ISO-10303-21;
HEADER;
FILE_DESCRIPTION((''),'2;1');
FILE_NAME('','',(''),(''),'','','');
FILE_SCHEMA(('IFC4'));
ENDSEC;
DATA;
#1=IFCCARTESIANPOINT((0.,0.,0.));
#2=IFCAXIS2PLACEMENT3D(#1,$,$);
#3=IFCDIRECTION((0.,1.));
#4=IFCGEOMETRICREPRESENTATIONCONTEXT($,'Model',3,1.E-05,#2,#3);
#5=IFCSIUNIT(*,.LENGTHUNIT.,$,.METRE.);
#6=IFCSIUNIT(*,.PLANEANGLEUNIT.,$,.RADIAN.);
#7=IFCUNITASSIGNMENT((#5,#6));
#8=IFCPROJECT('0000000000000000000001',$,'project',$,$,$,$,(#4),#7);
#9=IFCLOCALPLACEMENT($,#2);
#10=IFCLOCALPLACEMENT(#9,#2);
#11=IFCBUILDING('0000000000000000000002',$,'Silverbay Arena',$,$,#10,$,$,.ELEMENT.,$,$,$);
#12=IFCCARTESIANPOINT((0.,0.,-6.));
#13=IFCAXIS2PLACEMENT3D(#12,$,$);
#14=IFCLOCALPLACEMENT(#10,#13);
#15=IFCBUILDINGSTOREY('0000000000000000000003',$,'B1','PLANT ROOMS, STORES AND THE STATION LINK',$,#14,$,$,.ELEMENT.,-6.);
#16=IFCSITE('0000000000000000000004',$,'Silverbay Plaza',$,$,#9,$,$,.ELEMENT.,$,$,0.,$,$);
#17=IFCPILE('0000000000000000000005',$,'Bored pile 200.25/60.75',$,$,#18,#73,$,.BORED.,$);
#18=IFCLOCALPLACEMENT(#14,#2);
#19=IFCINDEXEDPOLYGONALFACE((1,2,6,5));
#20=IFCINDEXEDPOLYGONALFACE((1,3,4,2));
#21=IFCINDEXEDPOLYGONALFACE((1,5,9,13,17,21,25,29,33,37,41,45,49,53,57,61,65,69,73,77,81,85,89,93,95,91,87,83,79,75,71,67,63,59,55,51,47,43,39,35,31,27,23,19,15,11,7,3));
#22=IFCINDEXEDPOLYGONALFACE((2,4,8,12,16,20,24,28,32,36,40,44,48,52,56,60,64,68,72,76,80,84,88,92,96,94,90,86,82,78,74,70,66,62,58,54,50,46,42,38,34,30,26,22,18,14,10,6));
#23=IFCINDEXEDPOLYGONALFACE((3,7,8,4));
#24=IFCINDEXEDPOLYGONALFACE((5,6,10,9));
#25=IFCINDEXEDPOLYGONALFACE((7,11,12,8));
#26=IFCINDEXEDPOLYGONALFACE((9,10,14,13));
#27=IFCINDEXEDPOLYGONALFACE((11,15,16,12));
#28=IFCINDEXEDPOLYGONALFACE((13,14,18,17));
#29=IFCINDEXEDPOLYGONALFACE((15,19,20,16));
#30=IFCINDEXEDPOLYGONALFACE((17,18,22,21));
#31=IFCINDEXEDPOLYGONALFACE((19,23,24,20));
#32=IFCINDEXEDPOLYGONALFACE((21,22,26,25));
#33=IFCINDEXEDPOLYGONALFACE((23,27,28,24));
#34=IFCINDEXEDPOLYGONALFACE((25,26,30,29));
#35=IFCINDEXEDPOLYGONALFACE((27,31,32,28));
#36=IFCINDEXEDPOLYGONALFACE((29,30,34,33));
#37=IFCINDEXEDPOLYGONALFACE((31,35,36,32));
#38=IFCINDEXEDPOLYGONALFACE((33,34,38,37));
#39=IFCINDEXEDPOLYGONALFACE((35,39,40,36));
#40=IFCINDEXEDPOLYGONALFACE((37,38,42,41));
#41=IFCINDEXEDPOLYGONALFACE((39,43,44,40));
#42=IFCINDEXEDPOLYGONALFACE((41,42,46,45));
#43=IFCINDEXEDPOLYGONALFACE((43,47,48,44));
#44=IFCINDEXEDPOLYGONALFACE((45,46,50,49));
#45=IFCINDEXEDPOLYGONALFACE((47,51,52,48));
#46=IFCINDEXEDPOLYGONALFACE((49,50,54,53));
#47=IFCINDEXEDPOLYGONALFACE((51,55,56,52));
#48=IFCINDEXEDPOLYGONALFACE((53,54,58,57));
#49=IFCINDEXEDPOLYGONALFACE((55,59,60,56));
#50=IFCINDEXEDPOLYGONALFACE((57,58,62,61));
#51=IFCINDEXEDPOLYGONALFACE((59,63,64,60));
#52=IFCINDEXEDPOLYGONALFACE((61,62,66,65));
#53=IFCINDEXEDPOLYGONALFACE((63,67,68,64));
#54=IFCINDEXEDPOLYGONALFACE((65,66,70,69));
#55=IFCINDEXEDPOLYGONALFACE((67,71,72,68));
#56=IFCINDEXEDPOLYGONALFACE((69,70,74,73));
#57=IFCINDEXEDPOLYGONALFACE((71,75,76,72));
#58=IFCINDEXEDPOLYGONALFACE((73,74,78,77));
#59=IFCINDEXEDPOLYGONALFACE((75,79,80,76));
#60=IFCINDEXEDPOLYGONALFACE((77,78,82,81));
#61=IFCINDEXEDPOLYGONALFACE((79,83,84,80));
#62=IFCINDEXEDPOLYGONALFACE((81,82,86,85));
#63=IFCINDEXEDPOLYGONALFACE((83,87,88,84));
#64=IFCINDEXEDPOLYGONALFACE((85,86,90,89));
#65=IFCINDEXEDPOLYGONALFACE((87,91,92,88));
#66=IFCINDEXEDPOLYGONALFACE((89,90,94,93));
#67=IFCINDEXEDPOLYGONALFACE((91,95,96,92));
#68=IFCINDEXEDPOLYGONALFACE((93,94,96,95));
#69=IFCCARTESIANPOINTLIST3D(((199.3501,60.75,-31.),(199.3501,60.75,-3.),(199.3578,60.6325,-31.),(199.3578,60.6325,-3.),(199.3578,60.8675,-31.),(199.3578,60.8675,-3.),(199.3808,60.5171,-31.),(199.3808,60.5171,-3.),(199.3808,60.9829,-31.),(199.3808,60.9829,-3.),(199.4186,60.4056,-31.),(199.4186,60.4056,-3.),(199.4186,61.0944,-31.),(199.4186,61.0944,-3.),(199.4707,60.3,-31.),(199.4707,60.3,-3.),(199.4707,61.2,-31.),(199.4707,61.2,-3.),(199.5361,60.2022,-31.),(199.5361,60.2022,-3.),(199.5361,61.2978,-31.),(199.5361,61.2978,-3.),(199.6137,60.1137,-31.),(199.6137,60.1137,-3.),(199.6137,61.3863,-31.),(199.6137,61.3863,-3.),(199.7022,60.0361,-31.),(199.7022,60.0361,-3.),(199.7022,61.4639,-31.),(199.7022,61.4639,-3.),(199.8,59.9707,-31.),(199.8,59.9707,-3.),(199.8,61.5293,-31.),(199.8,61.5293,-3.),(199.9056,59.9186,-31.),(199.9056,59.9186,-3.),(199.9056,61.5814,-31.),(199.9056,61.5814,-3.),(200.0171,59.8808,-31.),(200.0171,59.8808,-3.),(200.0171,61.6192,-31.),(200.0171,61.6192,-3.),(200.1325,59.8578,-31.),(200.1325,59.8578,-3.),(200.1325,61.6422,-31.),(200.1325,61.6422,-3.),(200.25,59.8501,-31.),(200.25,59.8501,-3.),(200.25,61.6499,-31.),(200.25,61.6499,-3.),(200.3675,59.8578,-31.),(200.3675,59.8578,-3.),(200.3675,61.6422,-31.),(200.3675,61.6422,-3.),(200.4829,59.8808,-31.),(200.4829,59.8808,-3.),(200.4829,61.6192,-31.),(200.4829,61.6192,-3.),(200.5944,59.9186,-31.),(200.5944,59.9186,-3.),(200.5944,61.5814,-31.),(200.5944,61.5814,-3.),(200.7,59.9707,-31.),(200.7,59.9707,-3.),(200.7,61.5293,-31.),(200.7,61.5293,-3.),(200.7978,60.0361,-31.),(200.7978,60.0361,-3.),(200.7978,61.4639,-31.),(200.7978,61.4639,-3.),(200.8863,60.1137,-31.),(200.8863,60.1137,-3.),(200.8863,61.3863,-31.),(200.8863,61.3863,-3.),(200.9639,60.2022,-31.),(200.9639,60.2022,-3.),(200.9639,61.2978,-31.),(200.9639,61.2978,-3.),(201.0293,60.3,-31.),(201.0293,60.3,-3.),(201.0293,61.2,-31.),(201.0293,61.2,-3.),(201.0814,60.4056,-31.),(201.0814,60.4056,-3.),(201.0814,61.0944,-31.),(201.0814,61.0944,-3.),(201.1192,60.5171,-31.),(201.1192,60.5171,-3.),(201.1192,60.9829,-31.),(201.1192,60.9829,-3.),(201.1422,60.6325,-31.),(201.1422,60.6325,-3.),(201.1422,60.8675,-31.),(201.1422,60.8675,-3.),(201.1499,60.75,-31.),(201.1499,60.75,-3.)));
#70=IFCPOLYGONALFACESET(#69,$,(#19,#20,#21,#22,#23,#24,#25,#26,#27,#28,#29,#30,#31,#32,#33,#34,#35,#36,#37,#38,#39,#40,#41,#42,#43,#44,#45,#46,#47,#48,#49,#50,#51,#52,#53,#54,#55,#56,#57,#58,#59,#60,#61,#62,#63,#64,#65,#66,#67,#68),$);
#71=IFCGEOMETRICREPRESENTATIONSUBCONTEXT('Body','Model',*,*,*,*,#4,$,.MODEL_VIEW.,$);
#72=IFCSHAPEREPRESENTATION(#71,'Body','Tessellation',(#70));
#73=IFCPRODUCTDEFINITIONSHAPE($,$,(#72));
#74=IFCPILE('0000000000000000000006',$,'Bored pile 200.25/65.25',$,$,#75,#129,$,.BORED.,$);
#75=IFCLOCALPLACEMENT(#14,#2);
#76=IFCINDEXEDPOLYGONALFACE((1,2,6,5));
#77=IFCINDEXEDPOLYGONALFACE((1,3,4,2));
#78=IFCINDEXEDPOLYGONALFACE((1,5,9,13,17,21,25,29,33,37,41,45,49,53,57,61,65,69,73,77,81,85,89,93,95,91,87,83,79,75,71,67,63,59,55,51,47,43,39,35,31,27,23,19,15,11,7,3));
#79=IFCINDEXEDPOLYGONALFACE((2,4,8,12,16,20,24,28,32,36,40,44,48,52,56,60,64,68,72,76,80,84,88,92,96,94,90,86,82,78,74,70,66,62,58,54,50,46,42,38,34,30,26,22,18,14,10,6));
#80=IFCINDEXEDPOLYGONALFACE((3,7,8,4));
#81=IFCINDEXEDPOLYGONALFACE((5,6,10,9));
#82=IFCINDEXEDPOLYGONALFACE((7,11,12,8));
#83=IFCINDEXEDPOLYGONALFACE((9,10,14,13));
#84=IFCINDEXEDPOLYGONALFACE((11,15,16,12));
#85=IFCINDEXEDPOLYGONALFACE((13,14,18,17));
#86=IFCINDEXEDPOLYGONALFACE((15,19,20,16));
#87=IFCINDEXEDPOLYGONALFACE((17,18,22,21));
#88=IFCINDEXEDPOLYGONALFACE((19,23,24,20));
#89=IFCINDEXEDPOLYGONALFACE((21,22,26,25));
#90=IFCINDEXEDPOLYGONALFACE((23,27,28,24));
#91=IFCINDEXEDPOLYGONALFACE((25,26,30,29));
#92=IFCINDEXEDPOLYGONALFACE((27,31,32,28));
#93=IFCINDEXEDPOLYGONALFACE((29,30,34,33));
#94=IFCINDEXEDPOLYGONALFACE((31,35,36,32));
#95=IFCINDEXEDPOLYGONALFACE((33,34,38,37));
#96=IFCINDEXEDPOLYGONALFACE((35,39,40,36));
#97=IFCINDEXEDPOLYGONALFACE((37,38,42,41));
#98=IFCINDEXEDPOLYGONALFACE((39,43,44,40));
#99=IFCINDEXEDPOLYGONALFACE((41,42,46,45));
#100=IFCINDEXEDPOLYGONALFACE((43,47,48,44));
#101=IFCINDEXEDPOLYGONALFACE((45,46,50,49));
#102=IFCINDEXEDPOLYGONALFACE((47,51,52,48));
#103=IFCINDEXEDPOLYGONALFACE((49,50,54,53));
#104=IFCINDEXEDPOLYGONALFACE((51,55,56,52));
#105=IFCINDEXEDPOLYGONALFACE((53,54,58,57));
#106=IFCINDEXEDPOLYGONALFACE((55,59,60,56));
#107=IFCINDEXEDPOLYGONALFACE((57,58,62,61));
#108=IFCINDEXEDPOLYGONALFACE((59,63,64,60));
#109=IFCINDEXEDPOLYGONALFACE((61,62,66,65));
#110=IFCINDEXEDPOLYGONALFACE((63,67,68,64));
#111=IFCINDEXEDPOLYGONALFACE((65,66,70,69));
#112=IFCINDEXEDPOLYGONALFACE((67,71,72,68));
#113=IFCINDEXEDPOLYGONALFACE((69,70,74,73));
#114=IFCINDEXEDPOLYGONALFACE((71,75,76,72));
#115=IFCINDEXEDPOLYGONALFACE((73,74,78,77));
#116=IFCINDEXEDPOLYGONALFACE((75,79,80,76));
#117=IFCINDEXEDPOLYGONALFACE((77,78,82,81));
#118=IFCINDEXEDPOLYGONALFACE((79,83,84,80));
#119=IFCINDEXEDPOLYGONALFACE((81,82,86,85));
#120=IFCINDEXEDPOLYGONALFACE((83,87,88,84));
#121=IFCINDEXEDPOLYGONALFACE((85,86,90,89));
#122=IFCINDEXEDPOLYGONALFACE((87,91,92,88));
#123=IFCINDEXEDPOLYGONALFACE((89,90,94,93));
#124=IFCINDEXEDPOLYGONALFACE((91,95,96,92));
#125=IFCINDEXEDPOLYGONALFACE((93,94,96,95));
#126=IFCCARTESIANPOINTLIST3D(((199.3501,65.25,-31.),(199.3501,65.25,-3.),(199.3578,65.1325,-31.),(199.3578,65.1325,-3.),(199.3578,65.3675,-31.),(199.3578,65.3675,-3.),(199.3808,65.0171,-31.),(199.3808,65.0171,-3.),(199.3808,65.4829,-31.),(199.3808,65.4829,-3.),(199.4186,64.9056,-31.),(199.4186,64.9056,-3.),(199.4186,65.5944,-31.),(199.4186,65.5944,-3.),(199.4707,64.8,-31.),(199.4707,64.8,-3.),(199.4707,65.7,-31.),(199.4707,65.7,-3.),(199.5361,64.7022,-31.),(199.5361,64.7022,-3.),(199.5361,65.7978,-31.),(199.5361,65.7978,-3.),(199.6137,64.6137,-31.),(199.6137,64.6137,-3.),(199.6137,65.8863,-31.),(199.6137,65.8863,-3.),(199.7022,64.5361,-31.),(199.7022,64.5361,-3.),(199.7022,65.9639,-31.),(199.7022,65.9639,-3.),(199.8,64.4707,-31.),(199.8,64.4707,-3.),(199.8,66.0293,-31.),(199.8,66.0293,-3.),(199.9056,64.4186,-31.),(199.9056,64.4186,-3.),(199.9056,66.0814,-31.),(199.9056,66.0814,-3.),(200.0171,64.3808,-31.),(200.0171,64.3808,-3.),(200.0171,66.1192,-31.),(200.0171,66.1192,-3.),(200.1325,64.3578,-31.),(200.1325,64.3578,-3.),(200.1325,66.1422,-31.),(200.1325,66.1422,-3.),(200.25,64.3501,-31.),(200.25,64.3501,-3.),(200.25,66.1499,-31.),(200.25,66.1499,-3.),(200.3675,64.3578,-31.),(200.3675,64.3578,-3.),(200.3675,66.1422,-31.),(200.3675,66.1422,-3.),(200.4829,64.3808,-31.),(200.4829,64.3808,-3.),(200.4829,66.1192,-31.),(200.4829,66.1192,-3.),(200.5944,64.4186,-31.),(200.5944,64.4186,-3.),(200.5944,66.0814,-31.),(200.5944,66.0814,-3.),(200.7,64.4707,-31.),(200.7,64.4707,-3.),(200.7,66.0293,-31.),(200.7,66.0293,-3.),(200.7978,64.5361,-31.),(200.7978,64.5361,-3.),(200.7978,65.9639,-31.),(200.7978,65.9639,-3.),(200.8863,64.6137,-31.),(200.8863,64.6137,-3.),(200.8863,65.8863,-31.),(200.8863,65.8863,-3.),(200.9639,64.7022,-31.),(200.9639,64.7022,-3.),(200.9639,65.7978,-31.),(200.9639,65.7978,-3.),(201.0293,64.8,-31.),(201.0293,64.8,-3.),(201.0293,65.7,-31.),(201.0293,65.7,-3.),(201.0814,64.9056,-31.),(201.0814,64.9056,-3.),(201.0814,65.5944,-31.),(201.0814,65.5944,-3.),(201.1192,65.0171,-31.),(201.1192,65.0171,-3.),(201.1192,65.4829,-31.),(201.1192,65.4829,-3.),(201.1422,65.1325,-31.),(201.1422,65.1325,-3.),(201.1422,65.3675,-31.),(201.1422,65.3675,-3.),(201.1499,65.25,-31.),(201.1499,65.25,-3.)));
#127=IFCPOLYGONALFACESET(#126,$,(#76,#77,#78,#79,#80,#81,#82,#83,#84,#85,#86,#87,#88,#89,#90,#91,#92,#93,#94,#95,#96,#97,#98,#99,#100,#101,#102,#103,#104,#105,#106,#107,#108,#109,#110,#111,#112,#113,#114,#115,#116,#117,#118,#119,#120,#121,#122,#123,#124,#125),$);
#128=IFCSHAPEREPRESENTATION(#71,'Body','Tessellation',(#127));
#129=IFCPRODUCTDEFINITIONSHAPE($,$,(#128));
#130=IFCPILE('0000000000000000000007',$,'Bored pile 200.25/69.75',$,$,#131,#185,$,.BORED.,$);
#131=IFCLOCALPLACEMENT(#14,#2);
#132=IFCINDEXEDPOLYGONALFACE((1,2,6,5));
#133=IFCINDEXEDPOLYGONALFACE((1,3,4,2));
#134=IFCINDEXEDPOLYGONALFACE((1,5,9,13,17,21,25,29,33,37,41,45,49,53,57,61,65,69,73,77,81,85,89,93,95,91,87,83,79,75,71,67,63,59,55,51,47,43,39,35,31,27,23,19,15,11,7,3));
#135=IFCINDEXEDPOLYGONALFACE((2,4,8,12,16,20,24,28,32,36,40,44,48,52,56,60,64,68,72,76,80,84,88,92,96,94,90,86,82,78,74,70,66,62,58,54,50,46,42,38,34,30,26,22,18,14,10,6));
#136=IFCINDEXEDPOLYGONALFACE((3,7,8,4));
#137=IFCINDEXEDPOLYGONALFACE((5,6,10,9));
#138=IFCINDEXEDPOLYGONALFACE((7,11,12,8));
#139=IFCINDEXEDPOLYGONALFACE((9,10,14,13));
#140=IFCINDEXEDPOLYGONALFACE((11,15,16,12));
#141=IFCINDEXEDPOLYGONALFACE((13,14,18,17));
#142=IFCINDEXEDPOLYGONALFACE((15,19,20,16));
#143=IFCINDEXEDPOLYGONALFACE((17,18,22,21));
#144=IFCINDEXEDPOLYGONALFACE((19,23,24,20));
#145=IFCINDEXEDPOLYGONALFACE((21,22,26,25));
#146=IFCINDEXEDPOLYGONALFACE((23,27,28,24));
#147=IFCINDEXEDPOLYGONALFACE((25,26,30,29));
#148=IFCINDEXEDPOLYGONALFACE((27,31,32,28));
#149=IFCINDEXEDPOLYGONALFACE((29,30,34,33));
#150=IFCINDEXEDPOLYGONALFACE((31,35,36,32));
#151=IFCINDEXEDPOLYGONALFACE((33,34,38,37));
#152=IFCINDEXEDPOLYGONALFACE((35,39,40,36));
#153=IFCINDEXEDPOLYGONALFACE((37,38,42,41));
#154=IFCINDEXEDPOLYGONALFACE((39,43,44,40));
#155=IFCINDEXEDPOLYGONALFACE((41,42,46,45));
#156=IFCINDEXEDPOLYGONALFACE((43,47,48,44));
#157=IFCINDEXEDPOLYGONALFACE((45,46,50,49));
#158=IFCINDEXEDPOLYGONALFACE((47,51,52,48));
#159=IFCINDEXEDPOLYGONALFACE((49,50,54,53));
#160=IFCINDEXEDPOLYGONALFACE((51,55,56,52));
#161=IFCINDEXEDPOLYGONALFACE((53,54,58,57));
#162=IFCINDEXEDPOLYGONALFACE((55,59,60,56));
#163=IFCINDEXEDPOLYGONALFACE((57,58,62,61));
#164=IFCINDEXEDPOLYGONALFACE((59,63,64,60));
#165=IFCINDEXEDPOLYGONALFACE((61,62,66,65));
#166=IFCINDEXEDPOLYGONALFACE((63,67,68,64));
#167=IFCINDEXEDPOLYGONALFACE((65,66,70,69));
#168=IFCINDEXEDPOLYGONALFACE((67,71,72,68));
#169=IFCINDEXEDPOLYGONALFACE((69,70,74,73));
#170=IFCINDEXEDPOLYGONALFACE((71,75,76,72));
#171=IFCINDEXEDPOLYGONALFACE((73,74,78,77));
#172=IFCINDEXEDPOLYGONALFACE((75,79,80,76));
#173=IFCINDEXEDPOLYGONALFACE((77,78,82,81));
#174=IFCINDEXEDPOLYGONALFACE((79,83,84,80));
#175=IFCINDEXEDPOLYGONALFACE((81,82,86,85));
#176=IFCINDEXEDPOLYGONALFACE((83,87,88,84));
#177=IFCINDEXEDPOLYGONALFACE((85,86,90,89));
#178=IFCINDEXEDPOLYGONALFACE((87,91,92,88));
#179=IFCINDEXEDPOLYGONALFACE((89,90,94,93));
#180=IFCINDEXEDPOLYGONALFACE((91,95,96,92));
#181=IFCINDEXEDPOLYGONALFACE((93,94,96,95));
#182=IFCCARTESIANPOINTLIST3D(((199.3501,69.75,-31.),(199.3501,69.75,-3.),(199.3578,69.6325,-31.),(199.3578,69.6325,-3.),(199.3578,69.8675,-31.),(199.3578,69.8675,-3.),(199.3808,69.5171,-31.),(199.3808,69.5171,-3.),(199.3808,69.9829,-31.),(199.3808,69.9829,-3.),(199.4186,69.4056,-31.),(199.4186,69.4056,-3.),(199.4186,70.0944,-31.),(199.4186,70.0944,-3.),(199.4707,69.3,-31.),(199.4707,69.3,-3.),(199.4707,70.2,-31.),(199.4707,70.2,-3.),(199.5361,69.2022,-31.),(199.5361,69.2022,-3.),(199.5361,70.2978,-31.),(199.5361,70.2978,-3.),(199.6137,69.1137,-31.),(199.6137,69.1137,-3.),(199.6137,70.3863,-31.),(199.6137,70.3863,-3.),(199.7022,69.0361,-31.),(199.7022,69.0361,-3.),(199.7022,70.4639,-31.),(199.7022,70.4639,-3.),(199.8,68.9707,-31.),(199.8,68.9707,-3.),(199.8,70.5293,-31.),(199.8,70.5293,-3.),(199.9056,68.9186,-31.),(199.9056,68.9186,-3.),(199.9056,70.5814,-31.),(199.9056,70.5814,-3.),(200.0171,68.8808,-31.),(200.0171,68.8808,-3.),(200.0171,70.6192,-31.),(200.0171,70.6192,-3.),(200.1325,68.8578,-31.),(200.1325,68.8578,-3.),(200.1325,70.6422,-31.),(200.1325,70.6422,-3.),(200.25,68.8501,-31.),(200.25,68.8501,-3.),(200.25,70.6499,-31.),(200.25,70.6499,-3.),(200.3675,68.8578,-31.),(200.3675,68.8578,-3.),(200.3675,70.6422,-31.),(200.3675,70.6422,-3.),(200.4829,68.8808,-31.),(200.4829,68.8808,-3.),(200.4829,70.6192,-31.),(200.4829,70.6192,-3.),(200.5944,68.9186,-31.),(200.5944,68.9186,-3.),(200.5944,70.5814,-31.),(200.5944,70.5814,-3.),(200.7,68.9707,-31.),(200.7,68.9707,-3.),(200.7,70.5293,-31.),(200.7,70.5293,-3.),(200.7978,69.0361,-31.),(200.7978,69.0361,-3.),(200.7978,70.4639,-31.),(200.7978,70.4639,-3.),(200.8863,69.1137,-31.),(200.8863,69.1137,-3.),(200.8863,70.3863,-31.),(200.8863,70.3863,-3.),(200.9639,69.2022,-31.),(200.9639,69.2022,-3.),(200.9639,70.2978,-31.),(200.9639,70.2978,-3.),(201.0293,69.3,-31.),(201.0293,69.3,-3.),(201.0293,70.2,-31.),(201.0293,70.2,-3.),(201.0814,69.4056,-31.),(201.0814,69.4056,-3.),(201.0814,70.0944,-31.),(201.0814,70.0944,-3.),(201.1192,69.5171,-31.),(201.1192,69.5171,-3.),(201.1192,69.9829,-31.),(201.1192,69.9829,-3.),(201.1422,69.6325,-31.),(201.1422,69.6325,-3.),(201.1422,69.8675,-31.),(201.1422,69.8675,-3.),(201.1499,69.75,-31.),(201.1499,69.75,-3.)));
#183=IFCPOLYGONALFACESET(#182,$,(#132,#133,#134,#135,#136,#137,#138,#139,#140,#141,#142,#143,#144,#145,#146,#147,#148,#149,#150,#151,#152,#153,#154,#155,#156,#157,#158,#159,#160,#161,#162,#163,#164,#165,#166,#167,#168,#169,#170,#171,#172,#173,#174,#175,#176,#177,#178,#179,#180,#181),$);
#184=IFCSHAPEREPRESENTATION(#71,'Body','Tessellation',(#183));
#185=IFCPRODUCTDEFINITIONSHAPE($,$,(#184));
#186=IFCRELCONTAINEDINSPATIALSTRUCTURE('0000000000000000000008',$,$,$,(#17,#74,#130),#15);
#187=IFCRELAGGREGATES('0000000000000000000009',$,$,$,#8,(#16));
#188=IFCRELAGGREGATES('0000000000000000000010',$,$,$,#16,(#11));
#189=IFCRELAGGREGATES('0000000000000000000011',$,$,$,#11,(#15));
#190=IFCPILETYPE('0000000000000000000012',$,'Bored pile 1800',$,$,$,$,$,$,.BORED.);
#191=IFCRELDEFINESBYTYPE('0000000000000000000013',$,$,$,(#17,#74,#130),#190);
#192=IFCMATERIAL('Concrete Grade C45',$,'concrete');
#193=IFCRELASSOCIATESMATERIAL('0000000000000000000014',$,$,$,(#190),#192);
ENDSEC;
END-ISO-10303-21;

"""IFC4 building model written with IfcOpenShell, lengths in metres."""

from ifc_helpers import new_model, si_unit, direction, frame, origin, origin_2d, place, context, subcontext, project, spatial, circle, extrude, material, material_profile, profile_set, type_object, element, save


model = new_model("IFC4")

# Units and contexts
model_context = context("Model", 3, precision=1e-05, world=origin(), true_north=direction((0.0, 1.0)))
body_context = subcontext(model_context, "Body", "Model", "MODEL_VIEW")
ifc_project = project(units=[si_unit("LENGTHUNIT", "METRE"), si_unit("PLANEANGLEUNIT", "RADIAN")], contexts=[model_context])

# Site, building, storey
site_placement = place(None, origin())
site = spatial("IfcSite", under=ifc_project, at=site_placement, Name="Silverbay Plaza", CompositionType="ELEMENT", RefElevation=0.0)
building_placement = place(site_placement, origin())
building = spatial("IfcBuilding", under=site, at=building_placement, Name="Silverbay Arena", CompositionType="ELEMENT")
storey_placement = place(building_placement, frame((0.0, 0.0, -6.0)))
storey = spatial("IfcBuildingStorey", under=building, at=storey_placement, Name="B1", Description="PLANT ROOMS, STORES AND THE STATION LINK", CompositionType="ELEMENT", Elevation=-6.0)

# Piles
ifc_material_1 = material(Name="Concrete Grade C45", Category="concrete")
ifc_material_profile_1 = material_profile(ifc_material_1, circle(Radius=0.8999, at=origin_2d()), Name="Bored pile 1800")
ifc_profile_set_1 = profile_set([ifc_material_profile_1], Name="Concrete Grade C45")
pile_type_1 = type_object("IfcPileType", Name="Bored pile 1800", PredefinedType="BORED", material=ifc_profile_set_1)
for number, where, z_axis, x_axis, name in (
    (1, (200.25, 60.75, -3.0), (0.0, 0.0, -1.0), (1.0, 0.0, 0.0), "Bored pile 200.25/60.75"),
    (2, (200.25, 65.25, -3.0), (0.0, 0.0, -1.0), (1.0, 0.0, 0.0), "Bored pile 200.25/65.25"),
    (3, (200.25, 69.75, -3.0), (0.0, 0.0, -1.0), (1.0, 0.0, 0.0), "Bored pile 200.25/69.75"),
):
    element("IfcPile", number, at=place(storey_placement, frame(where, z_axis=z_axis, x_axis=x_axis)), inside=storey, type_object=pile_type_1, Name=name, PredefinedType="BORED", context=body_context, shape_type="SweptSolid", body=[
        extrude(circle(Radius=0.8999, at=origin_2d()), origin(), (0.0, 0.0, 1.0), 28.0),
    ])

save(model, "model.ifc")
